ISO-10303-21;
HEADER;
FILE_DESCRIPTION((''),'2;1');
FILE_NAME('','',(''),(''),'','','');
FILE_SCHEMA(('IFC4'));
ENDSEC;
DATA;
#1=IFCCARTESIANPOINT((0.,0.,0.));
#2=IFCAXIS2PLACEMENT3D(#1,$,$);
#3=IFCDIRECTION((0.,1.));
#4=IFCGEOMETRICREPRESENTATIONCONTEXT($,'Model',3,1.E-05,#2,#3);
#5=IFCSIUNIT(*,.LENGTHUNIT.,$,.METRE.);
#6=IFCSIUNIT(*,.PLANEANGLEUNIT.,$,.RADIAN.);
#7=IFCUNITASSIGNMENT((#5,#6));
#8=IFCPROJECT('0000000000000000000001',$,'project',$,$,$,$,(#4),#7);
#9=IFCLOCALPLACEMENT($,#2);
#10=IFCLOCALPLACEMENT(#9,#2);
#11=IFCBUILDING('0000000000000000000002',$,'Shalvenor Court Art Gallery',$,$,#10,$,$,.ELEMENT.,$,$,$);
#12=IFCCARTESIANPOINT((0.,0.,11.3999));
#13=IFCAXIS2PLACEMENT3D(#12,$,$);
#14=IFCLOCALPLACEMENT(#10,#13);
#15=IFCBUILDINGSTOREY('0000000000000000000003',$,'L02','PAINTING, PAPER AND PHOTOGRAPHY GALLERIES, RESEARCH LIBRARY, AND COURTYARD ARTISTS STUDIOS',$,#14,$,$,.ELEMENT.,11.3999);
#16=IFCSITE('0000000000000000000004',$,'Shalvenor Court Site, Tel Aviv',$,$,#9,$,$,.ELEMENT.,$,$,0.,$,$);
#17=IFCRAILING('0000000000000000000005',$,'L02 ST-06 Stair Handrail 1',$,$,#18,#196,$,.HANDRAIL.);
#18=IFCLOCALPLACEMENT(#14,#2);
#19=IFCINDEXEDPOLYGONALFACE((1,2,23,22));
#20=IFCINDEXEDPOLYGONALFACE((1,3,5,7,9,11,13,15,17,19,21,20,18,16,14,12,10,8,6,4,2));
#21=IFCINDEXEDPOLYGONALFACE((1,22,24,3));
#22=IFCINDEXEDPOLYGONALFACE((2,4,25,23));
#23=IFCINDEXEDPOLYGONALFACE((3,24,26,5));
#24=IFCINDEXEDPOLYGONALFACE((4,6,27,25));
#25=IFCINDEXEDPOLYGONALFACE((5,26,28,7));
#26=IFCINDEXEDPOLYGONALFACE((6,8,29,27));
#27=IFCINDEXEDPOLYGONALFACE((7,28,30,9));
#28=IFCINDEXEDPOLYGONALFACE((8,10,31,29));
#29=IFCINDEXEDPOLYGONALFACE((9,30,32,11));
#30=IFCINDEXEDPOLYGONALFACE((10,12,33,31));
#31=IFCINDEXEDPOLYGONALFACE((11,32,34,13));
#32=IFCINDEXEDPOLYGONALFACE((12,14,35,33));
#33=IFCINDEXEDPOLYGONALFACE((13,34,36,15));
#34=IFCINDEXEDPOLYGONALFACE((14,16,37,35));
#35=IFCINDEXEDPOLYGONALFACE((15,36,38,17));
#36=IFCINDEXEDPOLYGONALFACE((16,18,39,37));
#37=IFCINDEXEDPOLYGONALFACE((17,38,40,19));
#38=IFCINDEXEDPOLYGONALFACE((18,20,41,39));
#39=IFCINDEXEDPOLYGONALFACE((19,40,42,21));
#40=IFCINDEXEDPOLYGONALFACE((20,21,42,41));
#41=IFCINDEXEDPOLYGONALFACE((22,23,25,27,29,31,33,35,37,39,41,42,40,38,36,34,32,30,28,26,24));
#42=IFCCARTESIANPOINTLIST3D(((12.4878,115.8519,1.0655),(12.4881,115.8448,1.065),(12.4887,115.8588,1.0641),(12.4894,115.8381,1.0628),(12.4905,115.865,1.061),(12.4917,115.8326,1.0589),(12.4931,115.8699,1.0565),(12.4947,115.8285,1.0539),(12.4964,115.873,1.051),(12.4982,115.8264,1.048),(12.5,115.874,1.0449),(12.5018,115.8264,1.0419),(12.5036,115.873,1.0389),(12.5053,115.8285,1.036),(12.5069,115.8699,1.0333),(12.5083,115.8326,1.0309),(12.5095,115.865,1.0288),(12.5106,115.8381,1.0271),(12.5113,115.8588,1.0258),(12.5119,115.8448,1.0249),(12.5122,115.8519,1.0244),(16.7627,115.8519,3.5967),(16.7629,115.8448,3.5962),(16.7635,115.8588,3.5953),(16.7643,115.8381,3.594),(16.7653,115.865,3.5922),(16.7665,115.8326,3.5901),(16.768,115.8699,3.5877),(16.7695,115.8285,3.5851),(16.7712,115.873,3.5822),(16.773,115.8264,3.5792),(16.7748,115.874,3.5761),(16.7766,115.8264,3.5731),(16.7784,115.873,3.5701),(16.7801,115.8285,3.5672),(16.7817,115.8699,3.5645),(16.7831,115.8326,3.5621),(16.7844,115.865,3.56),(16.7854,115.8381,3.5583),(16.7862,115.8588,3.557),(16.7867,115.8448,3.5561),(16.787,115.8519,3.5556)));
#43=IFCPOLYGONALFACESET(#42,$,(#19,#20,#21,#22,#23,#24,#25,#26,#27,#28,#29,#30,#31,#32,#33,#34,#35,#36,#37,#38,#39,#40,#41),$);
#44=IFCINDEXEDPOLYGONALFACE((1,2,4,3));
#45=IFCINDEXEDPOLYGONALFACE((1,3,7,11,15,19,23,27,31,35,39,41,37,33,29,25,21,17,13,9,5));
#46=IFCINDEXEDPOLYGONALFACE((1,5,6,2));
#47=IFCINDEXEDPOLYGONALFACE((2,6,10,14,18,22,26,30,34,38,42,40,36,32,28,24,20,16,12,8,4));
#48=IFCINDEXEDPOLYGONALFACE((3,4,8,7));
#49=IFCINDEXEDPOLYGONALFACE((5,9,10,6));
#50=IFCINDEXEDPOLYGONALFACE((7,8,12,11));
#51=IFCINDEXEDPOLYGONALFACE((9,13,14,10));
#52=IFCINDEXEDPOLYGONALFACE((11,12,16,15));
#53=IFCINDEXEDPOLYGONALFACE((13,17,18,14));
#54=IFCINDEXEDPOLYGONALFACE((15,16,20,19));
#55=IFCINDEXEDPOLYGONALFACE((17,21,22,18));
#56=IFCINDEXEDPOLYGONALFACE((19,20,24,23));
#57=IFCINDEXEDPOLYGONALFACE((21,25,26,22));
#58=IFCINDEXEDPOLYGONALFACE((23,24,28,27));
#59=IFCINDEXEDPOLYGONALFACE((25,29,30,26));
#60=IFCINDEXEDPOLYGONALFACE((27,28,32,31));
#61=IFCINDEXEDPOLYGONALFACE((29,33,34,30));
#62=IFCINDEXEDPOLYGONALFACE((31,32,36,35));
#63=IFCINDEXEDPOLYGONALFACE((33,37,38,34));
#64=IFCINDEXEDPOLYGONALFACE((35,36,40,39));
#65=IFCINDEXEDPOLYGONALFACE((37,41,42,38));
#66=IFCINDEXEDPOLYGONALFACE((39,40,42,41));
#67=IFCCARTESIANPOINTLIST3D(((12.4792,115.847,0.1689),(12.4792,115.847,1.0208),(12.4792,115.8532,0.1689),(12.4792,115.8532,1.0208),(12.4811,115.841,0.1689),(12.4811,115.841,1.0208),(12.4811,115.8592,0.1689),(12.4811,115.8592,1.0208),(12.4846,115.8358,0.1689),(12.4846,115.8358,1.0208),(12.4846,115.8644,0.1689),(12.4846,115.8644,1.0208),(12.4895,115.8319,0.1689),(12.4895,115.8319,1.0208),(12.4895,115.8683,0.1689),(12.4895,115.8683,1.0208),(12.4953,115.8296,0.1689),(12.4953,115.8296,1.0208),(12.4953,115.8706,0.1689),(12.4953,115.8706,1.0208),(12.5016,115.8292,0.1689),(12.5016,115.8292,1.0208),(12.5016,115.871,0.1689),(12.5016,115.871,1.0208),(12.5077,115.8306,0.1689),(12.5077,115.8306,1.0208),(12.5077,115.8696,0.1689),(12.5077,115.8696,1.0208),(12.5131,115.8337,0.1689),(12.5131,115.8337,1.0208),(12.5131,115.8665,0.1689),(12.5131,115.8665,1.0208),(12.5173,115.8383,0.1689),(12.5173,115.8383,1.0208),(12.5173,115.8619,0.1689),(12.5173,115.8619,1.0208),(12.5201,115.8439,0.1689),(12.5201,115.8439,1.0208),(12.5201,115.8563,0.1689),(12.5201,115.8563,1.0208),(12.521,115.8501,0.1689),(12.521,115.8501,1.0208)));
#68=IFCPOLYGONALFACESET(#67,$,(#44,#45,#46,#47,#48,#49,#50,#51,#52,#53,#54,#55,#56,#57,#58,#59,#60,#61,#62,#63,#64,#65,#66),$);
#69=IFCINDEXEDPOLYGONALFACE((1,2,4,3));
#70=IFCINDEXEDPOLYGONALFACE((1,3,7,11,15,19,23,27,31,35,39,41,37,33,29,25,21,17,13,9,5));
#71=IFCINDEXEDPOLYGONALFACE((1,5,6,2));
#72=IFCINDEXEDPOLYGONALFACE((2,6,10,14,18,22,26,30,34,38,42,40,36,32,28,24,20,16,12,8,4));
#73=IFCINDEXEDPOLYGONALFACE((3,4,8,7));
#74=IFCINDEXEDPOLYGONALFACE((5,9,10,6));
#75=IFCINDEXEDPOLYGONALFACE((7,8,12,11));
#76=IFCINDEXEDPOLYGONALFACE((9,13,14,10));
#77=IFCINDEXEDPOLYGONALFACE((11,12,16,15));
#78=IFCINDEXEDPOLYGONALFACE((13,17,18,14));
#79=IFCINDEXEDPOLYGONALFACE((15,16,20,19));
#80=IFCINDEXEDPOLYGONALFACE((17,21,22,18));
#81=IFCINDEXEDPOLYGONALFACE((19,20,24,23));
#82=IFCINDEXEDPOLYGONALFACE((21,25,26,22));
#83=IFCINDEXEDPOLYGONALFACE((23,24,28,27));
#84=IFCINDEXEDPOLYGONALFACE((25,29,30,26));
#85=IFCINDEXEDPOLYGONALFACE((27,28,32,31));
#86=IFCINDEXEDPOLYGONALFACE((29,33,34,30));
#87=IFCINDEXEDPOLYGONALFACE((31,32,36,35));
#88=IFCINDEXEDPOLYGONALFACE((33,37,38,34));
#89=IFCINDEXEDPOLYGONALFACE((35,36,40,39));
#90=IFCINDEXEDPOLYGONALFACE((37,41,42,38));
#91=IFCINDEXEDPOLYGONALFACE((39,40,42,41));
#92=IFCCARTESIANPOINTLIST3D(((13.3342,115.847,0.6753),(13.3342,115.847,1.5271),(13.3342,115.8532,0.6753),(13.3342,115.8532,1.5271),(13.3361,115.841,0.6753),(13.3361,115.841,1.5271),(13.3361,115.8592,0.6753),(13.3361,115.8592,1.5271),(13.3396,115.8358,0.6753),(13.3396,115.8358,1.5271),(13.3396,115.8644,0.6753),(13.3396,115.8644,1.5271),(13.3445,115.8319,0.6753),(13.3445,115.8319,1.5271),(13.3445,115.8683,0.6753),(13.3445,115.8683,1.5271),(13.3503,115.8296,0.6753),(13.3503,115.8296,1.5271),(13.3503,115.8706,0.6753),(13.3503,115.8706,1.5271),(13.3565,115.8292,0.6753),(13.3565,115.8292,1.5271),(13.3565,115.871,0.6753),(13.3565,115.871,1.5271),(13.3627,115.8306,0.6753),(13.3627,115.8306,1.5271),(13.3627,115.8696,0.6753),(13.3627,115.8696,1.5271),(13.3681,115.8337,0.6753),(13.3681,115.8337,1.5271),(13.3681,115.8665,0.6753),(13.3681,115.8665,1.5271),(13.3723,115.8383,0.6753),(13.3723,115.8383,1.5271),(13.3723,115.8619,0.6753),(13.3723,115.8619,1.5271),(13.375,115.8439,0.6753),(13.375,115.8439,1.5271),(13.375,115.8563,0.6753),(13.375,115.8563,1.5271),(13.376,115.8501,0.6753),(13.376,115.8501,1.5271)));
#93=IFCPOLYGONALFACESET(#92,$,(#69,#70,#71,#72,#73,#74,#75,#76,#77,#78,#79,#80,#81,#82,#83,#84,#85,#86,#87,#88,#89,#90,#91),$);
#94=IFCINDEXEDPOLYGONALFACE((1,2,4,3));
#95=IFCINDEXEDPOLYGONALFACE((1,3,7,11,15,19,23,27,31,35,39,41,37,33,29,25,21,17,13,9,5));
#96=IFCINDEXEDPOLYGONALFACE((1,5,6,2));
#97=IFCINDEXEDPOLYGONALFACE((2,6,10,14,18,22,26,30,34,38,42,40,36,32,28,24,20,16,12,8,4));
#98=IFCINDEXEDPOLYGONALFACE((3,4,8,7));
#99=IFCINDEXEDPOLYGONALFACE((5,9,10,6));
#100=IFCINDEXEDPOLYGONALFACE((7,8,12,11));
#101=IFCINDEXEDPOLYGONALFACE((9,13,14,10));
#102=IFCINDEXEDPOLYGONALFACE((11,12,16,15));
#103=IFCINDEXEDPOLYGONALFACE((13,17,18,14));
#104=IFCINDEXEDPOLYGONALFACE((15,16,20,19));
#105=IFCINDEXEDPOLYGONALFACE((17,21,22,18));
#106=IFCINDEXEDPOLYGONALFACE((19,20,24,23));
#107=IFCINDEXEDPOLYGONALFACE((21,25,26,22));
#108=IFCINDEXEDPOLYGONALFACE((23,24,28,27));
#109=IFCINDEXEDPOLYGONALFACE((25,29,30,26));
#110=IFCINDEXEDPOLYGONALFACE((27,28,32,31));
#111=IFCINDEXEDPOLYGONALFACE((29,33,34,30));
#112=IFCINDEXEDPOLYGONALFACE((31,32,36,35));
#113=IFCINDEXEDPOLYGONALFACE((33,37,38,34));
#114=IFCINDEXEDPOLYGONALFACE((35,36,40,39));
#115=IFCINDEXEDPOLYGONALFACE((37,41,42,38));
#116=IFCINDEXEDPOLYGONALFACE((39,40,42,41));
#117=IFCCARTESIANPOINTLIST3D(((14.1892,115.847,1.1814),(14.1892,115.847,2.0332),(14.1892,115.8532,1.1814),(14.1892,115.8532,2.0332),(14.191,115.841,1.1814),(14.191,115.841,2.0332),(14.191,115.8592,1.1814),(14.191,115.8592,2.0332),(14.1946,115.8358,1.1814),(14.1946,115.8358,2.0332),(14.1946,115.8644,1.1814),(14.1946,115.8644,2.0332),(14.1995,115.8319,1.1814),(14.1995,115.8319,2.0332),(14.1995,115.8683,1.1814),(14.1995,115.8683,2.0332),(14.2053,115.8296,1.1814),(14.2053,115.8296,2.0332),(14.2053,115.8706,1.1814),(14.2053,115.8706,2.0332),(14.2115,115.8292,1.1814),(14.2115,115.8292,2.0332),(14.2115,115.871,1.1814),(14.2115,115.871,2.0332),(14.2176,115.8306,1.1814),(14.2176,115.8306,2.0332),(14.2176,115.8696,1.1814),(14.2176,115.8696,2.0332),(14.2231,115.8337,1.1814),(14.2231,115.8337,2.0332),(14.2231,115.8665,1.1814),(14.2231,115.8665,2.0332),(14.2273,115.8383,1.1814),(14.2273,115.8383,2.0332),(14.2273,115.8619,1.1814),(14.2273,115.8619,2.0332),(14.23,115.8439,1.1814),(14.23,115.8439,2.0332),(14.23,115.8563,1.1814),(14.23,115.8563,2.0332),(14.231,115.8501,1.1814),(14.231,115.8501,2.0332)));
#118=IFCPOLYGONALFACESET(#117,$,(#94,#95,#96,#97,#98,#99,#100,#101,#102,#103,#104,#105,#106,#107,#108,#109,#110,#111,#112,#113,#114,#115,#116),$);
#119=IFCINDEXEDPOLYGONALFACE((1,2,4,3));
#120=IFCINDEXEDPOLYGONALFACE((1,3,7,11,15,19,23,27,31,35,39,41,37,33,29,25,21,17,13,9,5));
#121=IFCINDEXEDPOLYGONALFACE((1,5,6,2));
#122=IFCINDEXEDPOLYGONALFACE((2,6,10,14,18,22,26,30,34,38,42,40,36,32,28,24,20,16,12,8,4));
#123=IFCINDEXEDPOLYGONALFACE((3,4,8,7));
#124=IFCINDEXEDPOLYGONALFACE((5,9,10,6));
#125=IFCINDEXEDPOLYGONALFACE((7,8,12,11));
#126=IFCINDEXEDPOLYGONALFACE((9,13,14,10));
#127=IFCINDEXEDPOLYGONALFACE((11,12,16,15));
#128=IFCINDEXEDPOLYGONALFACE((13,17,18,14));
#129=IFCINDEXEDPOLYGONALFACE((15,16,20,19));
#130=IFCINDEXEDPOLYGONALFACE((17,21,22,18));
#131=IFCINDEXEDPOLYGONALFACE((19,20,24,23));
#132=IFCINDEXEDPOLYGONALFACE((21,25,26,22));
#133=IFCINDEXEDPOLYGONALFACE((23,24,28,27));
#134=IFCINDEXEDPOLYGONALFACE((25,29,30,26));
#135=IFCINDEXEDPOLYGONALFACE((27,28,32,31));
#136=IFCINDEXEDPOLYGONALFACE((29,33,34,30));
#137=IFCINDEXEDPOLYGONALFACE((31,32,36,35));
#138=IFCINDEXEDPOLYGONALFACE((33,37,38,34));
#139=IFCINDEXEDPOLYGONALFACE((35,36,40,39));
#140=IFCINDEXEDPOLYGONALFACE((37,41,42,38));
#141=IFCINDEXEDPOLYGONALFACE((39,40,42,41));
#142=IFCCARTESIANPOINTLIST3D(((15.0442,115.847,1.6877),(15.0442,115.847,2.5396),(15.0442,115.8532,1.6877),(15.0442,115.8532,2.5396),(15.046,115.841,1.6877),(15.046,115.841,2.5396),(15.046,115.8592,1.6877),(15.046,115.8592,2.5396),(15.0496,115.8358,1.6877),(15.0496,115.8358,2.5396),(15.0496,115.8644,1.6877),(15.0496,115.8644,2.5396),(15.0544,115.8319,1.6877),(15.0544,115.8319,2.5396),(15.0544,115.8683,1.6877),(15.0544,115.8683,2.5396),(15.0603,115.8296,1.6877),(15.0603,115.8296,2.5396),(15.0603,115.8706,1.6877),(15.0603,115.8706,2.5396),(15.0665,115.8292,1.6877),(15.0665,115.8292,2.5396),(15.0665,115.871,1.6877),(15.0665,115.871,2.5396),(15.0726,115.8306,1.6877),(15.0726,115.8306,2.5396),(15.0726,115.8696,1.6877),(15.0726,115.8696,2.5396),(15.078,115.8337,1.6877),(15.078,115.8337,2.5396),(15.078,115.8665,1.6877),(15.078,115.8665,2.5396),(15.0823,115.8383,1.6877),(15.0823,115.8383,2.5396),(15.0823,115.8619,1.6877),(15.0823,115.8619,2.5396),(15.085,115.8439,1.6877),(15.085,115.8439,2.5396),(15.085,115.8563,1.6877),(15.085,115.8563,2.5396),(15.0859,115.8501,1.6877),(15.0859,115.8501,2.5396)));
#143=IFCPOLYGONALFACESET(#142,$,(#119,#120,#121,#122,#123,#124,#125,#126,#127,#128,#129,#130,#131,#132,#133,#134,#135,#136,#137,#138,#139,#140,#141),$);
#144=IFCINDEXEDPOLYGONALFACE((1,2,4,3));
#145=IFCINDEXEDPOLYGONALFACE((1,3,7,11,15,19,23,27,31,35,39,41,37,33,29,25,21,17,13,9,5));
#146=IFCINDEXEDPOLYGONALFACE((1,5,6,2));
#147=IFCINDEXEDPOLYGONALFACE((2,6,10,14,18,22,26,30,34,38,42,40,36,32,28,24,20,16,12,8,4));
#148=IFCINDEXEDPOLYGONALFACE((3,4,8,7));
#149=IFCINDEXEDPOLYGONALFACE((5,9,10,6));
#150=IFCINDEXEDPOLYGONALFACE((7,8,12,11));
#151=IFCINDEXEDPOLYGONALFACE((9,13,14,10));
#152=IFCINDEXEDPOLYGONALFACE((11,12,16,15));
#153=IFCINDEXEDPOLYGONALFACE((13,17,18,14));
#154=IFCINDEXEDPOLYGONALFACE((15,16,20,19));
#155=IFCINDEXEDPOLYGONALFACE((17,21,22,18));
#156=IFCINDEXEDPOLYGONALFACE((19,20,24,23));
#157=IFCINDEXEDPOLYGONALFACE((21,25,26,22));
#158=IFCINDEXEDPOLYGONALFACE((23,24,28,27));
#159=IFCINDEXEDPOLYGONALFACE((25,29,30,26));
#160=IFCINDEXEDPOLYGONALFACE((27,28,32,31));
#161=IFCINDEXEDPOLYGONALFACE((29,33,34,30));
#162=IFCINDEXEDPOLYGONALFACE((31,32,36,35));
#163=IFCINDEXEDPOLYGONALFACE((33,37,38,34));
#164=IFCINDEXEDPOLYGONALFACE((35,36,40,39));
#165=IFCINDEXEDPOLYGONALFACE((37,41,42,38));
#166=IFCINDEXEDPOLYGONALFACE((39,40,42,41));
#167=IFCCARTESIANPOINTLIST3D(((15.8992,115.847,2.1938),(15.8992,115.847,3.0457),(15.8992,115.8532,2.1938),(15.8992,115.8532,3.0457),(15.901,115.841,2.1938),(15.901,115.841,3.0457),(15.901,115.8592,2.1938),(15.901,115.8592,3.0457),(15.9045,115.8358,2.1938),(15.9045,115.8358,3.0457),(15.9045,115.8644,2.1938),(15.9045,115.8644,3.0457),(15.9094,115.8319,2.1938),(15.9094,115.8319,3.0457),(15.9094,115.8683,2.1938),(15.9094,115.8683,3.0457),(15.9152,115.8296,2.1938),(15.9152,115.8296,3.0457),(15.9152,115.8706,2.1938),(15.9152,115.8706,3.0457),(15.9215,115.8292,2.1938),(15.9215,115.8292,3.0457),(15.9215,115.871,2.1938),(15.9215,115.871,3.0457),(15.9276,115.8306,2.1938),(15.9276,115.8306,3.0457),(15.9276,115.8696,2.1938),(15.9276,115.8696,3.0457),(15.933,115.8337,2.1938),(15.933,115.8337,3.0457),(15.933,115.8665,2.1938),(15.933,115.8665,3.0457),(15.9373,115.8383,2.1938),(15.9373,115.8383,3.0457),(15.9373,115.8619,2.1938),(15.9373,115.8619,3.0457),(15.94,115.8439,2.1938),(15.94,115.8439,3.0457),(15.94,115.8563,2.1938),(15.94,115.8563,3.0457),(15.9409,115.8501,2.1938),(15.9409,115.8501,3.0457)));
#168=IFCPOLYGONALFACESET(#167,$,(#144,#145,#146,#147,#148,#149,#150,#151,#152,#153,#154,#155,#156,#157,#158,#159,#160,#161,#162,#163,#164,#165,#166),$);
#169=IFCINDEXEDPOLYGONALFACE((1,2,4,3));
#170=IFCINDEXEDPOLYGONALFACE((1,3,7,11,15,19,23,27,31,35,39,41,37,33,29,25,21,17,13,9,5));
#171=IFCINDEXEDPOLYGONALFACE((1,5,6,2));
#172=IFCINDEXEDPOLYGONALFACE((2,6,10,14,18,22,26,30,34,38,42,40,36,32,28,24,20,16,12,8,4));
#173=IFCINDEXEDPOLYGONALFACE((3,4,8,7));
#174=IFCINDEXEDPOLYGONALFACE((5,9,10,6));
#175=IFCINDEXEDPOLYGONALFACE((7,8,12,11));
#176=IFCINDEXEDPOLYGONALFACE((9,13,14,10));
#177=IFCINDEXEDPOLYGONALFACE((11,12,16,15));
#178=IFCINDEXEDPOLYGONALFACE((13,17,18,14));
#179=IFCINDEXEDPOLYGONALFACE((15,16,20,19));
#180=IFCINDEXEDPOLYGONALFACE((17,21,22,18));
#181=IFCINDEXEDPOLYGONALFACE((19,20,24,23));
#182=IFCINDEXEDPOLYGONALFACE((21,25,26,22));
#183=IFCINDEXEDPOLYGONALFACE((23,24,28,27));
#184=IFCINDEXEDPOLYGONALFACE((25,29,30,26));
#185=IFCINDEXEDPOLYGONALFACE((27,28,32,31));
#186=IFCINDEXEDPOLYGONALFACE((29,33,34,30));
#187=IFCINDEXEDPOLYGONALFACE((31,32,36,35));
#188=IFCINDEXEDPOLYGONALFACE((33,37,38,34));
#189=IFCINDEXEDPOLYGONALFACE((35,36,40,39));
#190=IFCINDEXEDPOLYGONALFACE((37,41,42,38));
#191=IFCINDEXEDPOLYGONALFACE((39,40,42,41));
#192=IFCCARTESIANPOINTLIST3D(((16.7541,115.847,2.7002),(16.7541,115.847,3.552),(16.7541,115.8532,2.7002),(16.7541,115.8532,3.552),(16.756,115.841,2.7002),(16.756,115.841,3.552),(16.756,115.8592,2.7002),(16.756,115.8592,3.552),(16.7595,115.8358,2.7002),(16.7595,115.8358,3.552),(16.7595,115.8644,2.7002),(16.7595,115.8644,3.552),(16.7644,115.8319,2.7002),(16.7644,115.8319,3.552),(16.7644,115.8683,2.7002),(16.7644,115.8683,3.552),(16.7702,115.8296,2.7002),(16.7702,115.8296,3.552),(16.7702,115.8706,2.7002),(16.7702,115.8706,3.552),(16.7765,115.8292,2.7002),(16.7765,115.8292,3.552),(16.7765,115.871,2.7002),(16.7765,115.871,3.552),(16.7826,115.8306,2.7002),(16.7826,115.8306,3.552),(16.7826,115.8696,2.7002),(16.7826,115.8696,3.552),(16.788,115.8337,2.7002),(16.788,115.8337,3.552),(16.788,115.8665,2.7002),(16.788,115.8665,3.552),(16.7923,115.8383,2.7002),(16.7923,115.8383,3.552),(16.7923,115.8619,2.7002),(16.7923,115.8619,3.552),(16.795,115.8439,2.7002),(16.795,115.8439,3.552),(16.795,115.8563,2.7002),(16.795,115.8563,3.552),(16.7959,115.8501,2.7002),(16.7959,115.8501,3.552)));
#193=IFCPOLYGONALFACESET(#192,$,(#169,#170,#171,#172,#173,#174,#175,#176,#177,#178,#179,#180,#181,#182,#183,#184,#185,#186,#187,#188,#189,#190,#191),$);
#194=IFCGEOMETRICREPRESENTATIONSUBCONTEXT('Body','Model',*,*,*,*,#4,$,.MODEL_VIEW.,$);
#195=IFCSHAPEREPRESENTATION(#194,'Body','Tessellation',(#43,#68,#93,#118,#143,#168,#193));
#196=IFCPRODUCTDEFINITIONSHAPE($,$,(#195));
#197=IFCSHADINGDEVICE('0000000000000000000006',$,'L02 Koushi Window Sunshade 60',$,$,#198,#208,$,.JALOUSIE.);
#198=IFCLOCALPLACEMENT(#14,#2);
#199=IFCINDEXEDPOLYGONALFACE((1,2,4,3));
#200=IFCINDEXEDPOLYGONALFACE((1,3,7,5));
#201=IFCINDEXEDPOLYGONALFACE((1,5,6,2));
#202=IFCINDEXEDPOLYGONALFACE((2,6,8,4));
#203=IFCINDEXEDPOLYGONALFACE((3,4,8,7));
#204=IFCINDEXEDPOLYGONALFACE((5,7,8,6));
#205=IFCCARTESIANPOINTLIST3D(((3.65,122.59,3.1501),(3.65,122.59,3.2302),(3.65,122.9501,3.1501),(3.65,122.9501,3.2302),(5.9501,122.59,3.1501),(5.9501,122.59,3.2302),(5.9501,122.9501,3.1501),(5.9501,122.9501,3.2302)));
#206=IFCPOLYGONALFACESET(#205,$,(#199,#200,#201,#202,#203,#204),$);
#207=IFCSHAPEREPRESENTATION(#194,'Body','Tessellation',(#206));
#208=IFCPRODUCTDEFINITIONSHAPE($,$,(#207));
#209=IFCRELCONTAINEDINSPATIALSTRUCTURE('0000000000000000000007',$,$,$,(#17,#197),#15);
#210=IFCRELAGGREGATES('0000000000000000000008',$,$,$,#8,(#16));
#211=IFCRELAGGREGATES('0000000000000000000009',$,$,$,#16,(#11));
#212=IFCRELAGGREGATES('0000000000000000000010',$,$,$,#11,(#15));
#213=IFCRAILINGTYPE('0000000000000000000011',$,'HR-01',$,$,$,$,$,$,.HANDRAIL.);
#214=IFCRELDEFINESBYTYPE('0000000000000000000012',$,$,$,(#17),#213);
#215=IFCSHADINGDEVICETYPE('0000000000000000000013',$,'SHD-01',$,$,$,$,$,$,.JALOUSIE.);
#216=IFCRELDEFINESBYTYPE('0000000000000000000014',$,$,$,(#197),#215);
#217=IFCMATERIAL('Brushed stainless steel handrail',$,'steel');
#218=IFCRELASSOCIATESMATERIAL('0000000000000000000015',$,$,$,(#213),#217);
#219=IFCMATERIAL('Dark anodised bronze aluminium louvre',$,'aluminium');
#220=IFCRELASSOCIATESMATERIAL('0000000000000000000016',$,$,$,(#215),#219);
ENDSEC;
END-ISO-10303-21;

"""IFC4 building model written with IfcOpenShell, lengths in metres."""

from ifc_helpers import new_model, si_unit, direction, frame, origin, origin_2d, place, context, subcontext, project, spatial, rectangle, circle, extrude, material, type_object, element, save


model = new_model("IFC4")

# Units and contexts
model_context = context("Model", 3, precision=1e-05, world=origin(), true_north=direction((0.0, 1.0)))
body_context = subcontext(model_context, "Body", "Model", "MODEL_VIEW")
ifc_project = project(units=[si_unit("LENGTHUNIT", "METRE"), si_unit("PLANEANGLEUNIT", "RADIAN")], contexts=[model_context])

# Site, building, storey
site_placement = place(None, origin())
site = spatial("IfcSite", under=ifc_project, at=site_placement, Name="Shalvenor Court Site, Tel Aviv", CompositionType="ELEMENT", RefElevation=0.0)
building_placement = place(site_placement, origin())
building = spatial("IfcBuilding", under=site, at=building_placement, Name="Shalvenor Court Art Gallery", CompositionType="ELEMENT")
storey_placement = place(building_placement, frame((0.0, 0.0, 11.3999)))
storey = spatial("IfcBuildingStorey", under=building, at=storey_placement, Name="L02", Description="PAINTING, PAPER AND PHOTOGRAPHY GALLERIES, RESEARCH LIBRARY, AND COURTYARD ARTISTS STUDIOS", CompositionType="ELEMENT", Elevation=11.3999)

# Railing
ifc_material_1 = material(Name="Brushed stainless steel handrail", Category="steel")
railing_type_1 = type_object("IfcRailingType", Name="HR-01", PredefinedType="HANDRAIL", material=ifc_material_1)
railing_1_placement = place(storey_placement, frame((12.5, 115.8501, 0.1689)))
element("IfcRailing", 1, at=railing_1_placement, inside=storey, type_object=railing_type_1, Name="L02 ST-06 Stair Handrail 1", PredefinedType="HANDRAIL", context=body_context, shape_type="SweptSolid", body=[
    extrude(circle(Radius=0.0239, at=origin_2d()), frame((0.0, 0.0, 0.876), z_axis=(0.86047, 0.0, 0.509501), x_axis=(0.0, 1.0, 0.0)), (0.0, 0.0, 1.0), 4.968),
    extrude(circle(Radius=0.021, at=origin_2d()), origin(), (0.0, 0.0, 1.0), 0.8518),
    extrude(circle(Radius=0.021, at=origin_2d()), frame((0.855, 0.0, 0.5063)), (0.0, 0.0, 1.0), 0.8518),
    extrude(circle(Radius=0.021, at=origin_2d()), frame((1.71, 0.0, 1.0125)), (0.0, 0.0, 1.0), 0.8518),
    extrude(circle(Radius=0.021, at=origin_2d()), frame((2.5649, 0.0, 1.5188)), (0.0, 0.0, 1.0), 0.8518),
    extrude(circle(Radius=0.021, at=origin_2d()), frame((3.4199, 0.0, 2.0249)), (0.0, 0.0, 1.0), 0.8518),
    extrude(circle(Radius=0.021, at=origin_2d()), frame((4.2749, 0.0, 2.5312)), (0.0, 0.0, 1.0), 0.8518),
])

# Shading device
ifc_material_2 = material(Name="Dark anodised bronze aluminium louvre", Category="aluminium")
shading_device_type = type_object("IfcShadingDeviceType", Name="SHD-01", PredefinedType="JALOUSIE", material=ifc_material_2)
shading_device_placement = place(storey_placement, frame((4.8, 122.77, 3.1501), z_axis=(0.0, 0.0, 1.0), x_axis=(1.0, 0.0, 0.0)))
element("IfcShadingDevice", 2, at=shading_device_placement, inside=storey, type_object=shading_device_type, Name="L02 Koushi Window Sunshade 60", PredefinedType="JALOUSIE", context=body_context, shape_type="SweptSolid", body=[
    extrude(rectangle(XDim=2.3, YDim=0.3601, at=origin_2d()), origin(), (0.0, 0.0, 1.0), 0.0801),
])

save(model, "model.ifc")
